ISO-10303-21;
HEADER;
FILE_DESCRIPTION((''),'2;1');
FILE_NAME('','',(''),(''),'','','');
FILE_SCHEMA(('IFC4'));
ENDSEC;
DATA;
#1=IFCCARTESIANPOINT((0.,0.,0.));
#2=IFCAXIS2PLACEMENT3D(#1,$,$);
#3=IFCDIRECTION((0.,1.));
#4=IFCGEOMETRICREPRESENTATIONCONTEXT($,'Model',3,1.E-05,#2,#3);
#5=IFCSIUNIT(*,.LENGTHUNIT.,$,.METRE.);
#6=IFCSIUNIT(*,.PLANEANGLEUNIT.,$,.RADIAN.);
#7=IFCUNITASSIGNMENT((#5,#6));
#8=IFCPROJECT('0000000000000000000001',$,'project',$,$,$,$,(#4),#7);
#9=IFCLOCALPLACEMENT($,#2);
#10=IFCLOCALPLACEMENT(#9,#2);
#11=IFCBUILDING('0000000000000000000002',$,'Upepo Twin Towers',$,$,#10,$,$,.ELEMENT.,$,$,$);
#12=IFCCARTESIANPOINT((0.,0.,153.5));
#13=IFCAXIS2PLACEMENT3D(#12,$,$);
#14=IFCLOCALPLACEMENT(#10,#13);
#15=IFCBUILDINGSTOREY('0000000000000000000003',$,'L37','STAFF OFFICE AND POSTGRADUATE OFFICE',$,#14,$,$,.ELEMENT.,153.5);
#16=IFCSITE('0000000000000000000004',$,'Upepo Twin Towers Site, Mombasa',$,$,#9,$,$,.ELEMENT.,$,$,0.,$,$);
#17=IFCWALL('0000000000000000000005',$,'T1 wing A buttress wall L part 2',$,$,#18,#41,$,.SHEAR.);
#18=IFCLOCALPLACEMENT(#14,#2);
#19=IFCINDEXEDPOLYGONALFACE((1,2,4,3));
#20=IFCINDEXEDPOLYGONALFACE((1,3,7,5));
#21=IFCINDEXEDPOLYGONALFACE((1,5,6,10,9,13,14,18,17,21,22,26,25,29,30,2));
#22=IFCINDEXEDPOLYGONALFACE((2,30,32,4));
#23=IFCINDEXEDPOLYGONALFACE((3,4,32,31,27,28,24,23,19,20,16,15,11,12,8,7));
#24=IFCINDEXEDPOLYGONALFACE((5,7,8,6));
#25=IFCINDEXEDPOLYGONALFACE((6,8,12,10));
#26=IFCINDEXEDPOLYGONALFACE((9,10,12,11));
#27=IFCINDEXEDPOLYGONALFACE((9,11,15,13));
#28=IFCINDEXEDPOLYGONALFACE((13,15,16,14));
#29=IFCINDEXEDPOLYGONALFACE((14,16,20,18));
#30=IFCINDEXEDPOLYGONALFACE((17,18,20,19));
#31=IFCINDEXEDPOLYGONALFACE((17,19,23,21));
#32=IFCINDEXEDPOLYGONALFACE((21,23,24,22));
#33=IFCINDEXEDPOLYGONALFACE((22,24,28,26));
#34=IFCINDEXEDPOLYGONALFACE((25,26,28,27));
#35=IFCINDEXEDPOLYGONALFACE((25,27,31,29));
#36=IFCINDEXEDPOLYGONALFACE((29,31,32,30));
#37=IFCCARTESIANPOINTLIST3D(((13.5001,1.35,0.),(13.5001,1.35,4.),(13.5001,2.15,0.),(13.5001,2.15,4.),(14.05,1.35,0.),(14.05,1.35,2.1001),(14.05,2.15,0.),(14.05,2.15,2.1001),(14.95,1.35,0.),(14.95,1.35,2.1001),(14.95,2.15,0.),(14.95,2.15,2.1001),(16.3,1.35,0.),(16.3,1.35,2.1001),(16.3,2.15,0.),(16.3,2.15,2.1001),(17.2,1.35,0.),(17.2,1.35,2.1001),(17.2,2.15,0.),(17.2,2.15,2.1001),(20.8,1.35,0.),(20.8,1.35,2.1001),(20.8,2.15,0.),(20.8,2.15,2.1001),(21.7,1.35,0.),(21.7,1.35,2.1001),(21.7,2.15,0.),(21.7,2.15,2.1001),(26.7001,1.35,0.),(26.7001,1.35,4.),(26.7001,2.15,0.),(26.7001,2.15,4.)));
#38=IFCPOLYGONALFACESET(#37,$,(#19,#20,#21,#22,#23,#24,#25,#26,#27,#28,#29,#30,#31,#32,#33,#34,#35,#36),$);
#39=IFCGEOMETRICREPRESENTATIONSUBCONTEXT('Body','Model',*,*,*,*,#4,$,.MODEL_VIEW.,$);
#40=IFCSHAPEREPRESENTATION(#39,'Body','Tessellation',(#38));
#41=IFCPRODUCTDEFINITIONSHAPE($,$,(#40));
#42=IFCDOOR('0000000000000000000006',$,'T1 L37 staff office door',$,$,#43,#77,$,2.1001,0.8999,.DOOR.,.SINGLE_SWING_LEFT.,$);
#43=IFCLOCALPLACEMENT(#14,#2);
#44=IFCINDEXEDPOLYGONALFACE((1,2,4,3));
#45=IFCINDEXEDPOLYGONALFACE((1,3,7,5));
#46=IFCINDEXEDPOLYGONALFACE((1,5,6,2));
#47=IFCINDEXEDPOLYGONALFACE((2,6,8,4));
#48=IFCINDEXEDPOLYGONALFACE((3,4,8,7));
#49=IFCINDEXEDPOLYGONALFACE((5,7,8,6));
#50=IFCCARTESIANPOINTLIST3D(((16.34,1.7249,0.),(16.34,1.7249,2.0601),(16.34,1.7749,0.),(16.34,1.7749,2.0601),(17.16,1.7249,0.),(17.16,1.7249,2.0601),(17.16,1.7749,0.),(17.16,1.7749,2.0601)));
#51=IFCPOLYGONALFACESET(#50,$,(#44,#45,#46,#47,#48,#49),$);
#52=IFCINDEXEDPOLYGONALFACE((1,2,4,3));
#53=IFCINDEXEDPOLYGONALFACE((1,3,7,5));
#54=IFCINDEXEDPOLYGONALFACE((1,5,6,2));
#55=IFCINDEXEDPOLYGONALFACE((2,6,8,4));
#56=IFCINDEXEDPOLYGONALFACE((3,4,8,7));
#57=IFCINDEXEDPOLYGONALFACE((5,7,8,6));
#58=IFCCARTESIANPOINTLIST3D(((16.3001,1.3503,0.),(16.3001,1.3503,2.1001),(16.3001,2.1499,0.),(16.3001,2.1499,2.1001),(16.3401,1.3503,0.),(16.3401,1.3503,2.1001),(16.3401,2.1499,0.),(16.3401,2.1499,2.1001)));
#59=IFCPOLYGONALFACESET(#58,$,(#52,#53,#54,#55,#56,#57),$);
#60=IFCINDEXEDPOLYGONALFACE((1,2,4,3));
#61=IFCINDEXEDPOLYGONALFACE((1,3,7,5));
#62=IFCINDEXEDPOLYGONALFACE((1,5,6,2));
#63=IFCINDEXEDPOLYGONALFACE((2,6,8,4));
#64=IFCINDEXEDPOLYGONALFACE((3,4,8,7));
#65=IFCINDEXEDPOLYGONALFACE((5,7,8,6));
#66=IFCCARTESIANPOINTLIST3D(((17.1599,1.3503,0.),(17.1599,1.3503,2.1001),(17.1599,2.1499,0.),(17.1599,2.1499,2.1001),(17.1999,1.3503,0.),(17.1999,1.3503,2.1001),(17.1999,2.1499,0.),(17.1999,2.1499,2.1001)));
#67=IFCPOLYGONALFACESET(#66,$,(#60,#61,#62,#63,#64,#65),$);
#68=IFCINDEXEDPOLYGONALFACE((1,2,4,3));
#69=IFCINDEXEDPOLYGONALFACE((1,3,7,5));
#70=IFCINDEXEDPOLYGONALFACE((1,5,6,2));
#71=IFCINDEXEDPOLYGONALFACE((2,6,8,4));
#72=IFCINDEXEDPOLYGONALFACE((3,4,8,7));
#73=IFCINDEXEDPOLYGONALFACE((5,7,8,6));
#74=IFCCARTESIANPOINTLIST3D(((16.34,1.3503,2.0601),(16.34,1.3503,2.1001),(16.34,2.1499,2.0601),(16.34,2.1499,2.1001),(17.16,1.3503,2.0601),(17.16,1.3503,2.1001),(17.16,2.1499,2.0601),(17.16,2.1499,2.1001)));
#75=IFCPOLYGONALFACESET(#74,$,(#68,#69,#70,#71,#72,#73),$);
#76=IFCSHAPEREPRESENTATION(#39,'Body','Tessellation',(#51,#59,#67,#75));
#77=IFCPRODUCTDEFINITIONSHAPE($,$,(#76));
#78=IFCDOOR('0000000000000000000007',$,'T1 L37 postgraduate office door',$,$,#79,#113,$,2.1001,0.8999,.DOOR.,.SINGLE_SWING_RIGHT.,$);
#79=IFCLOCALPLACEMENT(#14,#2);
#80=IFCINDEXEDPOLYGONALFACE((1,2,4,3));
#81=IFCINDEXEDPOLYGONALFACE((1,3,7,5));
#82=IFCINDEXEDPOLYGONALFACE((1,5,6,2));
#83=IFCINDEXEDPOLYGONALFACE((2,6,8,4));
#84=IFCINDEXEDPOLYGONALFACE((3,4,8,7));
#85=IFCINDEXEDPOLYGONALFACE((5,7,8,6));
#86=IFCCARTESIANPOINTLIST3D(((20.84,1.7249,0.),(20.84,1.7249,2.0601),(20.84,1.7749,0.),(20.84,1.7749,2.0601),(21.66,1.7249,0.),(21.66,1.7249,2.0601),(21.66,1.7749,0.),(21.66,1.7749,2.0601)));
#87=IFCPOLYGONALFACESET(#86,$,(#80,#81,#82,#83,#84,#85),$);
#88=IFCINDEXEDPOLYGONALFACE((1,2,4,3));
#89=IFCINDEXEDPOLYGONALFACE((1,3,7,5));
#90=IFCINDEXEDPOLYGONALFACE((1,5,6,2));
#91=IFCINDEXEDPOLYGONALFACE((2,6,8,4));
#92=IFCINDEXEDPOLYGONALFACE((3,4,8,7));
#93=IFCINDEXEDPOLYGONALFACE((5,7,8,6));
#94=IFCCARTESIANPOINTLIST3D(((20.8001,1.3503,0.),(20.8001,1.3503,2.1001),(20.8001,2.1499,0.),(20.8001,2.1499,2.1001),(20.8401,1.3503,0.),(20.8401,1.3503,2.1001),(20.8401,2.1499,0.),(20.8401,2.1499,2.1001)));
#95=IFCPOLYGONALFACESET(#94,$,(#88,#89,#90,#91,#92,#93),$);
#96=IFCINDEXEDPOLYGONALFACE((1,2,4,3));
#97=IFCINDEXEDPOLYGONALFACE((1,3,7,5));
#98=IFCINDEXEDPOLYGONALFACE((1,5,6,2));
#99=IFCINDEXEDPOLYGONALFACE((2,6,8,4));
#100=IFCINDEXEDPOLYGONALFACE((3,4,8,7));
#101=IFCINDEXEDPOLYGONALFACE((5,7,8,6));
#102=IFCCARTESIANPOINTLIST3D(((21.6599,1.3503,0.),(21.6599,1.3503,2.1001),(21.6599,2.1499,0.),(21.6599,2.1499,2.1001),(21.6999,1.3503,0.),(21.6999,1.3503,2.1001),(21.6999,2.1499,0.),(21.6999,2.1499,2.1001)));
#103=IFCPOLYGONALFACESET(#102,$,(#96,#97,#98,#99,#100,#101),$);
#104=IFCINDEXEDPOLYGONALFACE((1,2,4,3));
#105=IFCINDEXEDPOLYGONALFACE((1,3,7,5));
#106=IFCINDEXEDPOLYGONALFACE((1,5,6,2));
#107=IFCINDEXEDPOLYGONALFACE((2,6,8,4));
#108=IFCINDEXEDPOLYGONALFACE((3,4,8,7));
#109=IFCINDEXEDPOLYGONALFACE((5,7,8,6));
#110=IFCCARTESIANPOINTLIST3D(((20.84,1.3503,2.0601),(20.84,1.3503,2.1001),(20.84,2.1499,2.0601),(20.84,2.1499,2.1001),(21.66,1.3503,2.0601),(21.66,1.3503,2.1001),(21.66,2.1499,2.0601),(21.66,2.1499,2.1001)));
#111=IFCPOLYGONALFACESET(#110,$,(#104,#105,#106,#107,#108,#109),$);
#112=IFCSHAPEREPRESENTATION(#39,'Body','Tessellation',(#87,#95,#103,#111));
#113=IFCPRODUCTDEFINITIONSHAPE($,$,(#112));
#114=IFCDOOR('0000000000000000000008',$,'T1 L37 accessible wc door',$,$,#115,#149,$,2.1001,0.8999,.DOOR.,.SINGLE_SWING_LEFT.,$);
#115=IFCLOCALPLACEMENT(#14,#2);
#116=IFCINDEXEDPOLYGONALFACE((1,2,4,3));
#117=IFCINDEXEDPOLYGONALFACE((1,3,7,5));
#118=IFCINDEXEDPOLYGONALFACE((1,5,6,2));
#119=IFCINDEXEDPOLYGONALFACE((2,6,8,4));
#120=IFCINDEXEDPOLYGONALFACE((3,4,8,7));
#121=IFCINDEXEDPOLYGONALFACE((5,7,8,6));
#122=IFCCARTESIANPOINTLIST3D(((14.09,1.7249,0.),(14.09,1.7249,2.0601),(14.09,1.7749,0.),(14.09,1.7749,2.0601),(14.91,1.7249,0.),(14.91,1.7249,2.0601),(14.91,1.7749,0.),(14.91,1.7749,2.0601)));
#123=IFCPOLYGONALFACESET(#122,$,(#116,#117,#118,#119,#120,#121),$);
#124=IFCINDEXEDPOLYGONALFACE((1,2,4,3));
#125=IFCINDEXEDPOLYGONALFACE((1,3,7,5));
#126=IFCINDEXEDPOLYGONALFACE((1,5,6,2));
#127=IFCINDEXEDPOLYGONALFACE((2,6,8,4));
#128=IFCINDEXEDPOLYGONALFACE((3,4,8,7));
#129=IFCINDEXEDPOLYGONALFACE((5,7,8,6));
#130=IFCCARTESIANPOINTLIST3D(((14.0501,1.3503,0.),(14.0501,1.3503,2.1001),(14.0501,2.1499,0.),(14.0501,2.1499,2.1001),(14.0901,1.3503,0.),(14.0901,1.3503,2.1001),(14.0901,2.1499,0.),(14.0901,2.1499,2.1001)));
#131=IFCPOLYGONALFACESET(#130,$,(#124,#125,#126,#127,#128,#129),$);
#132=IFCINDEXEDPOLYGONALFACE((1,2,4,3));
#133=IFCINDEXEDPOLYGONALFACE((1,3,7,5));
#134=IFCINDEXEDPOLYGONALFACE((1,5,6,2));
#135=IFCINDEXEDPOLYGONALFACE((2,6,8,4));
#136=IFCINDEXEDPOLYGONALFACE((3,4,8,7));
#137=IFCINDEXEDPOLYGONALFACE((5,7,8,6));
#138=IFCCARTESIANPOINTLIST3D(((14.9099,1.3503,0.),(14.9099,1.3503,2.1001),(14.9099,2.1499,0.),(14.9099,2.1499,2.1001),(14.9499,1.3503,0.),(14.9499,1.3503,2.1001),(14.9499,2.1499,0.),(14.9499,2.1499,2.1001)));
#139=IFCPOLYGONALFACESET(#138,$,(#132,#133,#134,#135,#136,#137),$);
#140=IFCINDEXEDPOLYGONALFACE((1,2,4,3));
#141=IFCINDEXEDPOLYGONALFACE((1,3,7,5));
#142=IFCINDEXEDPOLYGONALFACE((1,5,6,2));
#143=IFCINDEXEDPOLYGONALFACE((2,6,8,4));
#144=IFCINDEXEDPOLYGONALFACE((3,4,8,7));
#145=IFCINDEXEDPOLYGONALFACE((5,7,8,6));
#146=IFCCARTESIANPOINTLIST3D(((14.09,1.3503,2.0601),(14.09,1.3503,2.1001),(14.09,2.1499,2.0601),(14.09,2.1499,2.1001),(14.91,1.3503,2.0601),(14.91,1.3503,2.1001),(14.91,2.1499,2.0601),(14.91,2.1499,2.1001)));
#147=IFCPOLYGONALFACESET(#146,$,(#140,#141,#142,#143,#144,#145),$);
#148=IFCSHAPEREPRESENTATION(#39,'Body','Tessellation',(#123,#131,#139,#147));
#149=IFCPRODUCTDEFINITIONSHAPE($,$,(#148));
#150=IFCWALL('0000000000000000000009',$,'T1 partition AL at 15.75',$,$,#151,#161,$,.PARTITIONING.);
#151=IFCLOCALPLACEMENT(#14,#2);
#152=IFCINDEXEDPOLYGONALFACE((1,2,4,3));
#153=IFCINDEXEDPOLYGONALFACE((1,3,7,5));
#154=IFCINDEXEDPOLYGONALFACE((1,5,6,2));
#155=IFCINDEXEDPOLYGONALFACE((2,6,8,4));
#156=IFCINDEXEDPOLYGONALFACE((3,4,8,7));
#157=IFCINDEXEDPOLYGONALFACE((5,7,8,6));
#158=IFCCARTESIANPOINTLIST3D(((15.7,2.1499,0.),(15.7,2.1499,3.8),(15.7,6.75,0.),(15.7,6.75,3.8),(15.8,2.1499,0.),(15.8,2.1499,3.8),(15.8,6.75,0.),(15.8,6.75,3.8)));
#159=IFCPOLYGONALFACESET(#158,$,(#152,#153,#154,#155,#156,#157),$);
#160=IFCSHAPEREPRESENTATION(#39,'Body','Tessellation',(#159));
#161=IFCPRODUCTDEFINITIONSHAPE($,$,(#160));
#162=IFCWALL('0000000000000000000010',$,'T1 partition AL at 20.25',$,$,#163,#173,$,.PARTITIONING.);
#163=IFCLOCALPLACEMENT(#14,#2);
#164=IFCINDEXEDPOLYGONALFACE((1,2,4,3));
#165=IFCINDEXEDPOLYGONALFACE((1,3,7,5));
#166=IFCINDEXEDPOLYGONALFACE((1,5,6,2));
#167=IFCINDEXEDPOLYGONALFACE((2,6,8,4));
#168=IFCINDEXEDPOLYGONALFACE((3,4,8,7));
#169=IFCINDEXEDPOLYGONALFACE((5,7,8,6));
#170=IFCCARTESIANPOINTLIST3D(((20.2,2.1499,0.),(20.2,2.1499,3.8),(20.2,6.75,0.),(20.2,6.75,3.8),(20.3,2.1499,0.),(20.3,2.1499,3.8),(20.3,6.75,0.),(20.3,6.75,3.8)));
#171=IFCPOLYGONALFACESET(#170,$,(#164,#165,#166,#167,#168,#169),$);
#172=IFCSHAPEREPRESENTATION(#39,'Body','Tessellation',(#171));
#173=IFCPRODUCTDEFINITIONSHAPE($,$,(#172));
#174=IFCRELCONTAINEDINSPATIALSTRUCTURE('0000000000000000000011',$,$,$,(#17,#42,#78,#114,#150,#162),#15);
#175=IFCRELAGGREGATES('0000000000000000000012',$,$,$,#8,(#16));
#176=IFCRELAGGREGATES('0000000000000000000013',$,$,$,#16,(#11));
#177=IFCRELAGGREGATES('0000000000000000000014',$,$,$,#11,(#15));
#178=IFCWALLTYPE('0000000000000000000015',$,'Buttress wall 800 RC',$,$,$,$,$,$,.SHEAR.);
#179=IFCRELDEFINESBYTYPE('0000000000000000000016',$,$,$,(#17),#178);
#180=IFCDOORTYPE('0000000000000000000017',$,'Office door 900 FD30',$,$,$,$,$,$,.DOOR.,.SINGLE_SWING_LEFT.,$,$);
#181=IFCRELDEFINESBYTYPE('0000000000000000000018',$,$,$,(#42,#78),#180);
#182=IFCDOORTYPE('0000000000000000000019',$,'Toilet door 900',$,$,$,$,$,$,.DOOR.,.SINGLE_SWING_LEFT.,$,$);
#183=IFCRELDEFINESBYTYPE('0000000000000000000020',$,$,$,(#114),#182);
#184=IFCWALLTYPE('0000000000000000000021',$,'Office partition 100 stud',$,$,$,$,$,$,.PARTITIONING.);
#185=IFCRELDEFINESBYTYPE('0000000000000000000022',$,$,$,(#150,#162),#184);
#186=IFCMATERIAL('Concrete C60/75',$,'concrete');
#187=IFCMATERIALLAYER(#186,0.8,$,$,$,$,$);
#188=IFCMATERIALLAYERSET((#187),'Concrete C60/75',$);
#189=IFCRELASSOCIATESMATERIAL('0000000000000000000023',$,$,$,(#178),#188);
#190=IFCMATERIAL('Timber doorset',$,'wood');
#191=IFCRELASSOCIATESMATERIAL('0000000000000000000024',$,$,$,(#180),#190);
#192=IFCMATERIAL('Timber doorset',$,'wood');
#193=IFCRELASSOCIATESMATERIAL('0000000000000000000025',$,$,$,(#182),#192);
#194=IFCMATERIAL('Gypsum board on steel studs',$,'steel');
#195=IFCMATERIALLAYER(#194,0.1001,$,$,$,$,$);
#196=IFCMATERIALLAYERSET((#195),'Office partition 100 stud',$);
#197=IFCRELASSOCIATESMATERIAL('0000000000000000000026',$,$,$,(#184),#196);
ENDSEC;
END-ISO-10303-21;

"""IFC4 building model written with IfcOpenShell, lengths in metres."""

from ifc_helpers import new_model, si_unit, direction, frame, frame_2d, origin, place, context, subcontext, project, spatial, rectangle, extrude, material, layer, layer_set, type_object, element, fill, save


model = new_model("IFC4")

# Units and contexts
model_context = context("Model", 3, precision=1e-05, world=origin(), true_north=direction((0.0, 1.0)))
body_context = subcontext(model_context, "Body", "Model", "MODEL_VIEW")
ifc_project = project(units=[si_unit("LENGTHUNIT", "METRE"), si_unit("PLANEANGLEUNIT", "RADIAN")], contexts=[model_context])

# Site, building, storey
site_placement = place(None, origin())
site = spatial("IfcSite", under=ifc_project, at=site_placement, Name="Upepo Twin Towers Site, Mombasa", CompositionType="ELEMENT", RefElevation=0.0)
building_placement = place(site_placement, origin())
building = spatial("IfcBuilding", under=site, at=building_placement, Name="Upepo Twin Towers", CompositionType="ELEMENT")
storey_placement = place(building_placement, frame((0.0, 0.0, 153.5)))
storey = spatial("IfcBuildingStorey", under=building, at=storey_placement, Name="L37", Description="STAFF OFFICE AND POSTGRADUATE OFFICE", CompositionType="ELEMENT", Elevation=153.5)

# Wall, openings, doors
ifc_material_1 = material(Name="Concrete C60/75", Category="concrete")
ifc_layer_1 = layer(ifc_material_1, 0.8)
ifc_layer_set_1 = layer_set([ifc_layer_1], Name="Concrete C60/75")
wall_type_1 = type_object("IfcWallType", Name="Buttress wall 800 RC", PredefinedType="SHEAR", material=ifc_layer_set_1)
wall_1_placement = place(storey_placement, frame((13.5, 1.75, 0.0), z_axis=(0.0, 0.0, 1.0), x_axis=(1.0, 0.0, 0.0)))
wall_1 = element("IfcWall", 1, at=wall_1_placement, inside=storey, type_object=wall_type_1, Name="T1 wing A buttress wall L part 2", PredefinedType="SHEAR", context=body_context, shape_type="SweptSolid", body=[
    extrude(rectangle(XDim=13.2, YDim=0.8, at=frame_2d((6.6001, 0.0))), origin(), (0.0, 0.0, 1.0), 4.0),
])
opening_1_placement = place(wall_1_placement, frame((0.55, 0.0, 0.0)))
opening_1 = element("IfcOpeningElement", 2, at=opening_1_placement, cuts=wall_1, PredefinedType="OPENING", context=body_context, shape_type="SweptSolid", body=[
    extrude(rectangle(XDim=0.8999, YDim=2.1001, at=frame_2d((0.45, 1.05))), frame((0.0, 0.4099, 0.0), z_axis=(0.0, -1.0, 0.0), x_axis=(1.0, 0.0, 0.0)), (0.0, 0.0, 1.0), 0.8201),
])
opening_2_placement = place(wall_1_placement, frame((2.8, 0.0, 0.0)))
opening_2 = element("IfcOpeningElement", 3, at=opening_2_placement, cuts=wall_1, PredefinedType="OPENING", context=body_context, shape_type="SweptSolid", body=[
    extrude(rectangle(XDim=0.8999, YDim=2.1001, at=frame_2d((0.45, 1.05))), frame((0.0, 0.4099, 0.0), z_axis=(0.0, -1.0, 0.0), x_axis=(1.0, 0.0, 0.0)), (0.0, 0.0, 1.0), 0.8201),
])
opening_3_placement = place(wall_1_placement, frame((7.3, 0.0, 0.0)))
opening_3 = element("IfcOpeningElement", 4, at=opening_3_placement, cuts=wall_1, PredefinedType="OPENING", context=body_context, shape_type="SweptSolid", body=[
    extrude(rectangle(XDim=0.8999, YDim=2.1001, at=frame_2d((0.45, 1.05))), frame((0.0, 0.4099, 0.0), z_axis=(0.0, -1.0, 0.0), x_axis=(1.0, 0.0, 0.0)), (0.0, 0.0, 1.0), 0.8201),
])
ifc_material_2 = material(Name="Timber doorset", Category="wood")
door_type_1 = type_object("IfcDoorType", Name="Office door 900 FD30", OperationType="SINGLE_SWING_LEFT", PredefinedType="DOOR", material=ifc_material_2)
door_1_placement = place(opening_2_placement, origin())
door_1 = element("IfcDoor", 5, at=door_1_placement, inside=storey, type_object=door_type_1, Name="T1 L37 staff office door", OperationType="SINGLE_SWING_LEFT", OverallHeight=2.1001, OverallWidth=0.8999, PredefinedType="DOOR", context=body_context, shape_type="SweptSolid", body=[
    extrude(rectangle(XDim=0.8199, YDim=2.0601, at=frame_2d((0.45, 1.03))), frame((0.0, 0.0249, 0.0), z_axis=(0.0, -1.0, 0.0), x_axis=(1.0, 0.0, 0.0)), (0.0, 0.0, 1.0), 0.05),
    extrude(rectangle(XDim=0.04, YDim=2.1001, at=frame_2d((0.02, 1.05))), frame((0.0, 0.3999, 0.0), z_axis=(0.0, -1.0, 0.0), x_axis=(1.0, 0.0, 0.0)), (0.0, 0.0, 1.0), 0.7996),
    extrude(rectangle(XDim=0.04, YDim=2.1001, at=frame_2d((0.8799, 1.05))), frame((0.0, 0.3999, 0.0), z_axis=(0.0, -1.0, 0.0), x_axis=(1.0, 0.0, 0.0)), (0.0, 0.0, 1.0), 0.7996),
    extrude(rectangle(XDim=0.8199, YDim=0.04, at=frame_2d((0.45, 2.0801))), frame((0.0, 0.3999, 0.0), z_axis=(0.0, -1.0, 0.0), x_axis=(1.0, 0.0, 0.0)), (0.0, 0.0, 1.0), 0.7996),
])
fill(opening_2, door_1)
door_2_placement = place(opening_3_placement, origin())
door_2 = element("IfcDoor", 6, at=door_2_placement, inside=storey, type_object=door_type_1, Name="T1 L37 postgraduate office door", OperationType="SINGLE_SWING_RIGHT", OverallHeight=2.1001, OverallWidth=0.8999, PredefinedType="DOOR", context=body_context, shape_type="SweptSolid", body=[
    extrude(rectangle(XDim=0.8199, YDim=2.0601, at=frame_2d((0.45, 1.03))), frame((0.0, 0.0249, 0.0), z_axis=(0.0, -1.0, 0.0), x_axis=(1.0, 0.0, 0.0)), (0.0, 0.0, 1.0), 0.05),
    extrude(rectangle(XDim=0.04, YDim=2.1001, at=frame_2d((0.02, 1.05))), frame((0.0, 0.3999, 0.0), z_axis=(0.0, -1.0, 0.0), x_axis=(1.0, 0.0, 0.0)), (0.0, 0.0, 1.0), 0.7996),
    extrude(rectangle(XDim=0.04, YDim=2.1001, at=frame_2d((0.8799, 1.05))), frame((0.0, 0.3999, 0.0), z_axis=(0.0, -1.0, 0.0), x_axis=(1.0, 0.0, 0.0)), (0.0, 0.0, 1.0), 0.7996),
    extrude(rectangle(XDim=0.8199, YDim=0.04, at=frame_2d((0.45, 2.0801))), frame((0.0, 0.3999, 0.0), z_axis=(0.0, -1.0, 0.0), x_axis=(1.0, 0.0, 0.0)), (0.0, 0.0, 1.0), 0.7996),
])
fill(opening_3, door_2)
ifc_material_3 = material(Name="Timber doorset", Category="wood")
door_type_2 = type_object("IfcDoorType", Name="Toilet door 900", OperationType="SINGLE_SWING_LEFT", PredefinedType="DOOR", material=ifc_material_3)
door_3_placement = place(opening_1_placement, origin())
door_3 = element("IfcDoor", 7, at=door_3_placement, inside=storey, type_object=door_type_2, Name="T1 L37 accessible wc door", OperationType="SINGLE_SWING_LEFT", OverallHeight=2.1001, OverallWidth=0.8999, PredefinedType="DOOR", context=body_context, shape_type="SweptSolid", body=[
    extrude(rectangle(XDim=0.8199, YDim=2.0601, at=frame_2d((0.45, 1.03))), frame((0.0, 0.0249, 0.0), z_axis=(0.0, -1.0, 0.0), x_axis=(1.0, 0.0, 0.0)), (0.0, 0.0, 1.0), 0.05),
    extrude(rectangle(XDim=0.04, YDim=2.1001, at=frame_2d((0.02, 1.05))), frame((0.0, 0.3999, 0.0), z_axis=(0.0, -1.0, 0.0), x_axis=(1.0, 0.0, 0.0)), (0.0, 0.0, 1.0), 0.7996),
    extrude(rectangle(XDim=0.04, YDim=2.1001, at=frame_2d((0.8799, 1.05))), frame((0.0, 0.3999, 0.0), z_axis=(0.0, -1.0, 0.0), x_axis=(1.0, 0.0, 0.0)), (0.0, 0.0, 1.0), 0.7996),
    extrude(rectangle(XDim=0.8199, YDim=0.04, at=frame_2d((0.45, 2.0801))), frame((0.0, 0.3999, 0.0), z_axis=(0.0, -1.0, 0.0), x_axis=(1.0, 0.0, 0.0)), (0.0, 0.0, 1.0), 0.7996),
])
fill(opening_1, door_3)

# Walls
ifc_material_4 = material(Name="Gypsum board on steel studs", Category="steel")
ifc_layer_2 = layer(ifc_material_4, 0.1001)
ifc_layer_set_2 = layer_set([ifc_layer_2], Name="Office partition 100 stud")
wall_type_2 = type_object("IfcWallType", Name="Office partition 100 stud", PredefinedType="PARTITIONING", material=ifc_layer_set_2)
for number, where, z_axis, x_axis, name in (
    (8, (15.75, 2.1499, 0.0), (0.0, 0.0, 1.0), (0.0, 1.0, 0.0), "T1 partition AL at 15.75"),
    (9, (20.25, 2.1499, 0.0), (0.0, 0.0, 1.0), (0.0, 1.0, 0.0), "T1 partition AL at 20.25"),
):
    element("IfcWall", number, at=place(storey_placement, frame(where, z_axis=z_axis, x_axis=x_axis)), inside=storey, type_object=wall_type_2, Name=name, PredefinedType="PARTITIONING", context=body_context, shape_type="SweptSolid", body=[
        extrude(rectangle(XDim=4.6001, YDim=0.1001, at=frame_2d((2.3, 0.0))), origin(), (0.0, 0.0, 1.0), 3.8),
    ])

save(model, "model.ifc")
